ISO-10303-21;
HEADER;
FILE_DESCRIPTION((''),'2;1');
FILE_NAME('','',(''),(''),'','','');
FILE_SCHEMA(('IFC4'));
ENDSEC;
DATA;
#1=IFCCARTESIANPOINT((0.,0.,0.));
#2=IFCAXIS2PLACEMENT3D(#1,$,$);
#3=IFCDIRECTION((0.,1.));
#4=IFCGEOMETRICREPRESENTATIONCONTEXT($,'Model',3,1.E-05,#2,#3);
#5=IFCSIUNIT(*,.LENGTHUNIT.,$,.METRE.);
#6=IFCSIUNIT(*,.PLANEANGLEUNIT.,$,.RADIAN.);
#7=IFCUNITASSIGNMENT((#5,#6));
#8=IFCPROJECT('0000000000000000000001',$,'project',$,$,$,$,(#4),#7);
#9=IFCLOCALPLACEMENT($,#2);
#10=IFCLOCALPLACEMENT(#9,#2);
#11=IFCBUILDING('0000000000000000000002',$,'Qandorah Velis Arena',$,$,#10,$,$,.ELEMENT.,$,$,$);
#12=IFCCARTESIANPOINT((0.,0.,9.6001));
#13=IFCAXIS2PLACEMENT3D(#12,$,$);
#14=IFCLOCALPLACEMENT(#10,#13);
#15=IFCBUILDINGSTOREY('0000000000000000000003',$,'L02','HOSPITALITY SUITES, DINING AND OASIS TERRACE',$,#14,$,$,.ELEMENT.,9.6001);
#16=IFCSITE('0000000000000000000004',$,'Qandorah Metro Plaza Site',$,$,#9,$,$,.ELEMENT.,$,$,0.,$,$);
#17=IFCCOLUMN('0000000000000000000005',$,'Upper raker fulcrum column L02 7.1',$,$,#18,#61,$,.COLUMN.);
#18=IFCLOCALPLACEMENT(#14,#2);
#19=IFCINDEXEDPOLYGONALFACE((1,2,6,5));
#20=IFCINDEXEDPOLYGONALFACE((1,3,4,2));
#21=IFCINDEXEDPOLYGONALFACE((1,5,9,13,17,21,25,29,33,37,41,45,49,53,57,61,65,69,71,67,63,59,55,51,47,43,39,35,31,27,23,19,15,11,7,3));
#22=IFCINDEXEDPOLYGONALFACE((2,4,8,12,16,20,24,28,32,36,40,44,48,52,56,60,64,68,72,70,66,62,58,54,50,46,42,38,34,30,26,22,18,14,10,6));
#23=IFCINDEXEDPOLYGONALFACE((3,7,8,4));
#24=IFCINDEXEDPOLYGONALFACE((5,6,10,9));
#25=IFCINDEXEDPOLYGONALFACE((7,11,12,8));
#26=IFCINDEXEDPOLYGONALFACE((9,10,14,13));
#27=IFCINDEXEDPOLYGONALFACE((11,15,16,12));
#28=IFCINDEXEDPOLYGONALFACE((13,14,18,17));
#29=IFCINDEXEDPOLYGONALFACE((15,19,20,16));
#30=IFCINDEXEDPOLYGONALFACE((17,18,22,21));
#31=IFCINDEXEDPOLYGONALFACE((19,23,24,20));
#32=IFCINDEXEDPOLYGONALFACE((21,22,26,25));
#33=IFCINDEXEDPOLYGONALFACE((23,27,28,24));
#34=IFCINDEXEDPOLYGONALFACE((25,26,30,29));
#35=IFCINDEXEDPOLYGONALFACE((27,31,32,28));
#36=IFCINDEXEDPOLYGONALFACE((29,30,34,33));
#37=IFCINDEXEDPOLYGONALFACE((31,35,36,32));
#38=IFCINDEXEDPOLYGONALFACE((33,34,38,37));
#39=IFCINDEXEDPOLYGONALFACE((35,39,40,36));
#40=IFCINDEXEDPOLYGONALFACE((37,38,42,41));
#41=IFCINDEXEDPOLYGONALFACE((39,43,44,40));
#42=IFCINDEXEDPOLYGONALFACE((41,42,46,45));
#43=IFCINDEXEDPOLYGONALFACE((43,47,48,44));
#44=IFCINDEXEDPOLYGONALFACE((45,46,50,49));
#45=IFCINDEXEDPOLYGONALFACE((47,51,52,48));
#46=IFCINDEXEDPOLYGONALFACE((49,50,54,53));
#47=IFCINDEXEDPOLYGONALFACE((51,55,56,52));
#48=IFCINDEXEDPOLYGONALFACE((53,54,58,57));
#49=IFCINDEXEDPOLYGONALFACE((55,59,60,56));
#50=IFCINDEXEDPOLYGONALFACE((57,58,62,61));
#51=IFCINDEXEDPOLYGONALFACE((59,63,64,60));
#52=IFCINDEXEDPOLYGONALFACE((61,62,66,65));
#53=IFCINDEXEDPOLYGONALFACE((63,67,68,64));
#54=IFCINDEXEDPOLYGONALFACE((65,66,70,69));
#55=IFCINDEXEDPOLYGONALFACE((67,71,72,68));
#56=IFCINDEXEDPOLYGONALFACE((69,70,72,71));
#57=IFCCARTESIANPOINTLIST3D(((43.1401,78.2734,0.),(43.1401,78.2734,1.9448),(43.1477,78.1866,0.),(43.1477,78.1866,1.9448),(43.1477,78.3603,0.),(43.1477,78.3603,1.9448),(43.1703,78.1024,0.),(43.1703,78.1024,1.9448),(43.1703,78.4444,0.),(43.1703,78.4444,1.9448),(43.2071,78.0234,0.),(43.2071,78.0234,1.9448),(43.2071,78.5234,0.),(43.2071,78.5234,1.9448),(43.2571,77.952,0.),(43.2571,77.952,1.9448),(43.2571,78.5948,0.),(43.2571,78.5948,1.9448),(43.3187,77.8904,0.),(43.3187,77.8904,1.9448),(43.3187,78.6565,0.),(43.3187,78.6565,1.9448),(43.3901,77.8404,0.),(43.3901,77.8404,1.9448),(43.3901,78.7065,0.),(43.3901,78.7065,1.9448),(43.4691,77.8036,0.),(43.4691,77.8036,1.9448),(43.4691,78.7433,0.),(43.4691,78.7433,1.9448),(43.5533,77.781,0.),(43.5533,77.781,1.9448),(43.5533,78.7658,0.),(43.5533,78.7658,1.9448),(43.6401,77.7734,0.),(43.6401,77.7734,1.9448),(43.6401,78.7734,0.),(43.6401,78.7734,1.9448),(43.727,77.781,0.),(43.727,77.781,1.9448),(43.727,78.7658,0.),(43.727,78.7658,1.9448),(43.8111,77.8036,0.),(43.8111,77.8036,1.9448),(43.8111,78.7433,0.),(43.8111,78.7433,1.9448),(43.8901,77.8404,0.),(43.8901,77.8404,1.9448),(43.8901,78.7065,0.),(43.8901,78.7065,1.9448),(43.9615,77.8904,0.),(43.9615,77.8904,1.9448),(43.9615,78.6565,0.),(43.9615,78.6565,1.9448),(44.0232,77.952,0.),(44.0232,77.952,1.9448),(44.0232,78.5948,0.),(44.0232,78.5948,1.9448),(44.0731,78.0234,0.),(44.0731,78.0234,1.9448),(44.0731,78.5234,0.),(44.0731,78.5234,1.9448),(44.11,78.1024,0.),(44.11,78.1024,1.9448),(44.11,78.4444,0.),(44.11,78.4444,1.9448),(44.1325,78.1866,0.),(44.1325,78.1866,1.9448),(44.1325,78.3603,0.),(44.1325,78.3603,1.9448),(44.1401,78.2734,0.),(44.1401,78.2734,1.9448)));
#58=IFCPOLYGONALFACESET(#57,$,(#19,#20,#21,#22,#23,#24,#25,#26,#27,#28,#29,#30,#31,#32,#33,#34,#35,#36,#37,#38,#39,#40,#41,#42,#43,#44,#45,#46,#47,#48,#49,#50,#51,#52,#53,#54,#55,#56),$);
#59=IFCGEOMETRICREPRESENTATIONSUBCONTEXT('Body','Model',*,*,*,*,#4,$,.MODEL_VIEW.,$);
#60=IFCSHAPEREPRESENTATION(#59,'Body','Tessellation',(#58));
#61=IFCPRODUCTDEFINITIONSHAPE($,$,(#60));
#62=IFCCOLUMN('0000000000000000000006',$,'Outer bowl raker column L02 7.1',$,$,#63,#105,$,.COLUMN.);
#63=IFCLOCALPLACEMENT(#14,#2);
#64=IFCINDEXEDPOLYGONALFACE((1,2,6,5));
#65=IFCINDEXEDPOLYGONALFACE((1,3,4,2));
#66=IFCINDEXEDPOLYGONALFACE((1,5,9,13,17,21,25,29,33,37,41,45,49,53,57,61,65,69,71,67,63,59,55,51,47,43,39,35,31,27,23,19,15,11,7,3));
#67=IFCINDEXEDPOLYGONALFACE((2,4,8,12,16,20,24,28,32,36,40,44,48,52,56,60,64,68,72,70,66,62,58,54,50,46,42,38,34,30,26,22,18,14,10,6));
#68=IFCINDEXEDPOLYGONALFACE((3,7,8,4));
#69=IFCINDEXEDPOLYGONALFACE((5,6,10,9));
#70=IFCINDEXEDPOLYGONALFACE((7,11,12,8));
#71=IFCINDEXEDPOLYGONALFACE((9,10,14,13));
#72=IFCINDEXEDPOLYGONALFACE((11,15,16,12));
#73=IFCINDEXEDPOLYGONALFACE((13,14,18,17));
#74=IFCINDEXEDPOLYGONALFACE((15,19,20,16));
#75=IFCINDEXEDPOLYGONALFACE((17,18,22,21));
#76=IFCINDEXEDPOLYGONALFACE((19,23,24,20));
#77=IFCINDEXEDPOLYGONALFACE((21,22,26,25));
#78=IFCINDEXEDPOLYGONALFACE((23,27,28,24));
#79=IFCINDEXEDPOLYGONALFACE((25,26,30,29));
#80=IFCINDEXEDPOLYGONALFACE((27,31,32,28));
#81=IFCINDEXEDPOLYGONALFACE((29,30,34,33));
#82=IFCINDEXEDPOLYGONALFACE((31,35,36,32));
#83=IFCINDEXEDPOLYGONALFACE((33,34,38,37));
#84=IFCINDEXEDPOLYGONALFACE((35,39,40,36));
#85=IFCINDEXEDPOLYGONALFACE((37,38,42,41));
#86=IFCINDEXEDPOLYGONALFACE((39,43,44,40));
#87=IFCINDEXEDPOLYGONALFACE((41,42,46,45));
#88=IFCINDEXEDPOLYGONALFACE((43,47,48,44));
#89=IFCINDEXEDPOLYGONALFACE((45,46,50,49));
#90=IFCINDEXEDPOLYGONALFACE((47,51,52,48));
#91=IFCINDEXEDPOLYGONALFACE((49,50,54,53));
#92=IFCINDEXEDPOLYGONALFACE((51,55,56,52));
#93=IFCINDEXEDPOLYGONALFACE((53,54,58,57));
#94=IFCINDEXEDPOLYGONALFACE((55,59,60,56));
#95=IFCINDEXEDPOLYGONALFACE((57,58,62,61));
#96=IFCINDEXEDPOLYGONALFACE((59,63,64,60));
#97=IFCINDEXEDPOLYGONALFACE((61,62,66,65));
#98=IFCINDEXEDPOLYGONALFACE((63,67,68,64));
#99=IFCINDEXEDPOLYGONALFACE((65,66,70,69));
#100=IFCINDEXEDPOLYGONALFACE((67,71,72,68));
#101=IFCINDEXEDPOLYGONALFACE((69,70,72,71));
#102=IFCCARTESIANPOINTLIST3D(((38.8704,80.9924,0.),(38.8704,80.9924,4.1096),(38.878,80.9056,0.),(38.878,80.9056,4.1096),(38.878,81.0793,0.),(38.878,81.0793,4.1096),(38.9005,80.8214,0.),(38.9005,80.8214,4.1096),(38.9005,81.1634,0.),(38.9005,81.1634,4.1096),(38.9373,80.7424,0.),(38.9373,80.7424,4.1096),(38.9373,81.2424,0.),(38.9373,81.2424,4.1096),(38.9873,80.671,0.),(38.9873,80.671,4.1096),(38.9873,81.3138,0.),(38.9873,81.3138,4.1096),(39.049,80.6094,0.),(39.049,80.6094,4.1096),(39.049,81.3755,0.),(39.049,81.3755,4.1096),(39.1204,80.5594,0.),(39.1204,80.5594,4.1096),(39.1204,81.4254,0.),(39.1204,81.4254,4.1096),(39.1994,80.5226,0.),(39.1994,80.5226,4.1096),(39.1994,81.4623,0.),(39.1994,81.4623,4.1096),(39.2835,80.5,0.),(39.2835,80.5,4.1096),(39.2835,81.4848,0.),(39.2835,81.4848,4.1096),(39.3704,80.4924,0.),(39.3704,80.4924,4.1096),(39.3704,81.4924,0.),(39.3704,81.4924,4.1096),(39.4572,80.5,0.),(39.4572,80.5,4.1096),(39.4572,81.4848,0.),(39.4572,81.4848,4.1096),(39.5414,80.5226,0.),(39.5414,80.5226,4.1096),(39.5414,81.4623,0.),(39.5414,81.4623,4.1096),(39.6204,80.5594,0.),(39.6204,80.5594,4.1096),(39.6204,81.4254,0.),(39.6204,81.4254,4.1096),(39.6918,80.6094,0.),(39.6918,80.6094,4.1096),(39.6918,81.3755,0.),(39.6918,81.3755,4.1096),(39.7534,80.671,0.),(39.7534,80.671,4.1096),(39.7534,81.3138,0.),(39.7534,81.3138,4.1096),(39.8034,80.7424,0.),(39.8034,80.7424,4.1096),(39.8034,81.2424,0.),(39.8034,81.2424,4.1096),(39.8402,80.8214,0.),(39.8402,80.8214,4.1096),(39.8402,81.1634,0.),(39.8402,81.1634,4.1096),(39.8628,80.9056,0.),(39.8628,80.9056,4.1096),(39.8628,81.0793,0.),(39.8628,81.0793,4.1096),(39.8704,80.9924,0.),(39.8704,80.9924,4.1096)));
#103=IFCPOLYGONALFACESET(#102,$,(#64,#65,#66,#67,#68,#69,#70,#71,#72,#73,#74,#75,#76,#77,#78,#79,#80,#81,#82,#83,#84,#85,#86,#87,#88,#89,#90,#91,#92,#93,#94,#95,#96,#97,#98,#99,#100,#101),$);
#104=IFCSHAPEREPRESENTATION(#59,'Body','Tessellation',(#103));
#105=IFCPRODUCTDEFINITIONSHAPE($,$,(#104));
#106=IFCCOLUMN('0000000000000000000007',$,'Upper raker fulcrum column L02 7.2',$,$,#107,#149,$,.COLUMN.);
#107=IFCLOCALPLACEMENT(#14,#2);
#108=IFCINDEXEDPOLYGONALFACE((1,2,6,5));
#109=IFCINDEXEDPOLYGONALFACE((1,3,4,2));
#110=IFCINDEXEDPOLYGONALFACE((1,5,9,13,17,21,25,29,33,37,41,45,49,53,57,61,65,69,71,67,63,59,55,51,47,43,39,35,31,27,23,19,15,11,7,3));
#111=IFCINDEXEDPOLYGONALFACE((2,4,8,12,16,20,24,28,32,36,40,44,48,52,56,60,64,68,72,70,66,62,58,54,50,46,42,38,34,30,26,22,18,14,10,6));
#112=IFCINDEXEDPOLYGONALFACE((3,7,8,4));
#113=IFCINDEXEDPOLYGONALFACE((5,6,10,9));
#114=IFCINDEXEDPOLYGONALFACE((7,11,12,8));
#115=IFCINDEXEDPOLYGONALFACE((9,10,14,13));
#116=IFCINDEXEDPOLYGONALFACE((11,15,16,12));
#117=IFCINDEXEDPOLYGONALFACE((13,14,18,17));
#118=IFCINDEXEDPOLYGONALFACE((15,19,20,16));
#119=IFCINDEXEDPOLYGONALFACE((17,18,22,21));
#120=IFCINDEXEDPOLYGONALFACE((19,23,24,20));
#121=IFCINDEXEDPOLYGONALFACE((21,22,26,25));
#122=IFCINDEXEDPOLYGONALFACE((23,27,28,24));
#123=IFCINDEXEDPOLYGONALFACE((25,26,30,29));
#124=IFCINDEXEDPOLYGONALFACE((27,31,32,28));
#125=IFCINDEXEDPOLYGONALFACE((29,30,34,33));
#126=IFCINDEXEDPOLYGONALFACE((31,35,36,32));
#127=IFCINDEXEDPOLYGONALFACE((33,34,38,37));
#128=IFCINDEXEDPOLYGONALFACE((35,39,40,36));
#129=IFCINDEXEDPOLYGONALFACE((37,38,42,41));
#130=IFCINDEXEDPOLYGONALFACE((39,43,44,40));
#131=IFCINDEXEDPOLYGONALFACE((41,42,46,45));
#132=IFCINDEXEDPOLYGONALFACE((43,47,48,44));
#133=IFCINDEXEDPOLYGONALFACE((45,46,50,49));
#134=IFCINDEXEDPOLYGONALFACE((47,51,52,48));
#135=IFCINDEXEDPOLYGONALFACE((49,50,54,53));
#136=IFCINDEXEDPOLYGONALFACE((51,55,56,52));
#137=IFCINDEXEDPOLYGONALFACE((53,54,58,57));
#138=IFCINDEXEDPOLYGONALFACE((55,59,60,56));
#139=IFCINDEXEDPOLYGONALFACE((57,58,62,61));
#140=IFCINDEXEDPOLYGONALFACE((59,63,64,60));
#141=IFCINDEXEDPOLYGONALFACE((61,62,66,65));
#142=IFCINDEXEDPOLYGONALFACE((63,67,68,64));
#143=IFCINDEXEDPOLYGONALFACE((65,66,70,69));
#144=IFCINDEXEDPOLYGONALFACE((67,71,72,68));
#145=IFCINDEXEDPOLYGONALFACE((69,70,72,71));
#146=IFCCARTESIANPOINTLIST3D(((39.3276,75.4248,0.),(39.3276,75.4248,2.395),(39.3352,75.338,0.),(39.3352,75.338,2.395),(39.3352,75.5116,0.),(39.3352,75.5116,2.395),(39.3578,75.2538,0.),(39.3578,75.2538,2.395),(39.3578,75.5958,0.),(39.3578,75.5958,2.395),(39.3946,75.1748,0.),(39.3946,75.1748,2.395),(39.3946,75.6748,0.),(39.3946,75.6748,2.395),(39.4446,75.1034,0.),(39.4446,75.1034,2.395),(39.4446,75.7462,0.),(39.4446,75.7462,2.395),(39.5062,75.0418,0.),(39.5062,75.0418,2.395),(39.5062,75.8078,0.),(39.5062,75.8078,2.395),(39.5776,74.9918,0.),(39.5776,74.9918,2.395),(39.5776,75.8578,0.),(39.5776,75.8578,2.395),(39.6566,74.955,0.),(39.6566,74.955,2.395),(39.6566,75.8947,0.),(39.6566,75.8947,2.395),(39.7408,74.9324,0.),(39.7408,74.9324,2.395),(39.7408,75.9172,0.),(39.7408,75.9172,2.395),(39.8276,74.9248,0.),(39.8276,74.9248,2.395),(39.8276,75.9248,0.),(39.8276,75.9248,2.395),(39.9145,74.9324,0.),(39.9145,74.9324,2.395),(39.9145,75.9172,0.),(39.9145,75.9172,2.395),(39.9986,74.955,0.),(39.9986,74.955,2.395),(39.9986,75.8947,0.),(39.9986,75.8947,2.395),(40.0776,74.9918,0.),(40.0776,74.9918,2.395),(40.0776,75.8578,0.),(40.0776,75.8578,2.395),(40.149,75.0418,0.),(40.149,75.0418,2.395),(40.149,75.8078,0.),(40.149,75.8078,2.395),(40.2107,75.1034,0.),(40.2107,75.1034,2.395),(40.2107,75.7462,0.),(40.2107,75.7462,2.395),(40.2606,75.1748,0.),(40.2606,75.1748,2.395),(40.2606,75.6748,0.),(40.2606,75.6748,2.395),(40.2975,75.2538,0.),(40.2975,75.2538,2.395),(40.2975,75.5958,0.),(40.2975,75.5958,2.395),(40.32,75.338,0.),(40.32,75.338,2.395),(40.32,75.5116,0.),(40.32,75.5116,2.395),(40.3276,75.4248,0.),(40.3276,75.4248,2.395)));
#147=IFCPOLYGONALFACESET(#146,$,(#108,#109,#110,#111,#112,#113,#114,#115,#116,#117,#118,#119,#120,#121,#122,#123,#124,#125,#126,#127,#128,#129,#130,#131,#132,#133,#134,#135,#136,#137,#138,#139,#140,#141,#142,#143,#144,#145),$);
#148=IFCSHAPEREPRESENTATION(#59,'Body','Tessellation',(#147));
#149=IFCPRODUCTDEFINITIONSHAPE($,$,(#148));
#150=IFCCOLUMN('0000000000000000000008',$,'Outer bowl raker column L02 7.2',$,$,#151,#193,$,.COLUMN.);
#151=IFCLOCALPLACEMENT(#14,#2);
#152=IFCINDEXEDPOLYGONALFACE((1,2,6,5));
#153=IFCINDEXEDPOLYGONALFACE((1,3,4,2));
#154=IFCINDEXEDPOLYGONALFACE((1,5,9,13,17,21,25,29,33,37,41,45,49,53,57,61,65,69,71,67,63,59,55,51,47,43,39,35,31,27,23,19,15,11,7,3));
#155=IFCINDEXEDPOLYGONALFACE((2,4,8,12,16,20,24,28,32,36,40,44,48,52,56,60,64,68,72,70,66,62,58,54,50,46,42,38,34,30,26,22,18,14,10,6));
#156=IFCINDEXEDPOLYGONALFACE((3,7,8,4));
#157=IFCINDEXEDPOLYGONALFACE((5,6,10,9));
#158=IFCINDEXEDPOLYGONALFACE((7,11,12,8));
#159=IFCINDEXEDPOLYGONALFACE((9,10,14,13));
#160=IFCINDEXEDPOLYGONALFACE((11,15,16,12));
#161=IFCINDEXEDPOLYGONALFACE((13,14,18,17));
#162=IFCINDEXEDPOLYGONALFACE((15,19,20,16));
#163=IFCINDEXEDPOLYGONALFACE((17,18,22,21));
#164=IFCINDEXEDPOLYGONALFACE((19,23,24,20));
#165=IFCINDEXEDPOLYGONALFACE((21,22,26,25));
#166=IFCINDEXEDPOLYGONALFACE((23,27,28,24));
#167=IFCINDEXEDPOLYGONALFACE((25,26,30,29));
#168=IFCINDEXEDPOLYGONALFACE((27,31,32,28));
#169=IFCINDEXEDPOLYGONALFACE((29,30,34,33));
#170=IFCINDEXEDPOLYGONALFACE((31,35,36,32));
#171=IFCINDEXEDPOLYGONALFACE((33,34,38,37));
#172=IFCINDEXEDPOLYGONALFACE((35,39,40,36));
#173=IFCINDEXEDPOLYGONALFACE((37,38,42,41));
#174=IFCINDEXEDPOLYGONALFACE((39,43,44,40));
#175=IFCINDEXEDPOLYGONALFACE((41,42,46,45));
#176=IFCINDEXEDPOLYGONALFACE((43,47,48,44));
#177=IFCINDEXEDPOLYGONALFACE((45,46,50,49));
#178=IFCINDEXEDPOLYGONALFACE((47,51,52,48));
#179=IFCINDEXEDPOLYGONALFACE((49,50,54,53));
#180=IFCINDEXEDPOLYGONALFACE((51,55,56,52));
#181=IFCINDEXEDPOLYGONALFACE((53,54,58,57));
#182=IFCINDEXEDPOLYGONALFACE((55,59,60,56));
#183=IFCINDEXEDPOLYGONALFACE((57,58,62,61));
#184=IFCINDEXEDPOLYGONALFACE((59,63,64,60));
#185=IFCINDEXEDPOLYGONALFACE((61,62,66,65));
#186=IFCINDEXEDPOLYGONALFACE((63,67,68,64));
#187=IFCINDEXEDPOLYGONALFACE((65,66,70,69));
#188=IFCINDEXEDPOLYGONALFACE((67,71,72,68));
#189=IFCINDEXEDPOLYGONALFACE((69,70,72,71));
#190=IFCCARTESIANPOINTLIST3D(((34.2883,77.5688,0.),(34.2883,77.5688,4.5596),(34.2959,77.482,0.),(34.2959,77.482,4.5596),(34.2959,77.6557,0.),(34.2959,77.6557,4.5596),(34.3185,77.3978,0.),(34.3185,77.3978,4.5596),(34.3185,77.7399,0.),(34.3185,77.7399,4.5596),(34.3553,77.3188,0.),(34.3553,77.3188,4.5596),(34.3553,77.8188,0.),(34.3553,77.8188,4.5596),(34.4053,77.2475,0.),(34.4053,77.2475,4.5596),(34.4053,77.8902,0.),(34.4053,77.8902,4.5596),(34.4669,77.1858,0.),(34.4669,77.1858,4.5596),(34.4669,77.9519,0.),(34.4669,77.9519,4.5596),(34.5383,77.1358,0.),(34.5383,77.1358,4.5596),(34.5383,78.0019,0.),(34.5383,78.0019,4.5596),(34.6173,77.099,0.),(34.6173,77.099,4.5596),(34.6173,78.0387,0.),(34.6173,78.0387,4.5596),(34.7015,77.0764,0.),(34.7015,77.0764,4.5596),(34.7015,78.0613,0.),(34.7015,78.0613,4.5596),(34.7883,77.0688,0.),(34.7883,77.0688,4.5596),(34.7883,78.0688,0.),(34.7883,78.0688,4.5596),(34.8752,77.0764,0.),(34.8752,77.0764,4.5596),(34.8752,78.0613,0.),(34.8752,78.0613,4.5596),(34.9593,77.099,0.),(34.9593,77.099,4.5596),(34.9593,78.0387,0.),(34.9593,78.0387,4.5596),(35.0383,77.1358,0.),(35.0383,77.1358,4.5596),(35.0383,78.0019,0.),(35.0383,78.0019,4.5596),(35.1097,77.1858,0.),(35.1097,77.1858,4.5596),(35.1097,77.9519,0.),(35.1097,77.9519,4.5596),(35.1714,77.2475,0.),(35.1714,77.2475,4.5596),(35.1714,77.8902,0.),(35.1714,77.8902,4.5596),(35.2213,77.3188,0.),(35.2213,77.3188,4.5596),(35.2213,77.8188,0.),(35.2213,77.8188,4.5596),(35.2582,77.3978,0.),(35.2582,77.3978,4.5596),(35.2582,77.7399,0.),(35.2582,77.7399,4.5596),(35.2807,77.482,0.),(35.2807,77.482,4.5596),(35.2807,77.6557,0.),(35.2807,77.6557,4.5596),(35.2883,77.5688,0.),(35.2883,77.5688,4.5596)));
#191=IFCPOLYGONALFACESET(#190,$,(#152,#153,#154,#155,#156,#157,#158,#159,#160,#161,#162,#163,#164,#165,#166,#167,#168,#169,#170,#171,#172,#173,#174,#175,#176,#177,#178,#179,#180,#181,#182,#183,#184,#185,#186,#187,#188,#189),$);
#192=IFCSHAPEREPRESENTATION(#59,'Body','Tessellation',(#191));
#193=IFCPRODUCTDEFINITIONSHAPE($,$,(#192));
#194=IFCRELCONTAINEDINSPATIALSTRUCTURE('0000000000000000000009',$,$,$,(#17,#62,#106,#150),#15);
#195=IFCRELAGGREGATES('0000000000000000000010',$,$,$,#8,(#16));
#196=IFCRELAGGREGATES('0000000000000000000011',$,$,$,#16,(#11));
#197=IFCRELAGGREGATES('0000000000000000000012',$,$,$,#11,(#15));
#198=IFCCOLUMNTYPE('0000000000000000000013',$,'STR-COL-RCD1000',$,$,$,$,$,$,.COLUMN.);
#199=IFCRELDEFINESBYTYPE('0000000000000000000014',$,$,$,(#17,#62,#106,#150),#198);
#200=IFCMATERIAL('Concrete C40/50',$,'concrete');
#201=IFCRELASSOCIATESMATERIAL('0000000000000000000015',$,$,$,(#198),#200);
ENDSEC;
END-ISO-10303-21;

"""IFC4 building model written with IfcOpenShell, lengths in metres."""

from ifc_helpers import new_model, si_unit, direction, frame, origin, origin_2d, place, context, subcontext, project, spatial, circle, extrude, material, material_profile, profile_set, type_object, element, save


model = new_model("IFC4")

# Units and contexts
model_context = context("Model", 3, precision=1e-05, world=origin(), true_north=direction((0.0, 1.0)))
body_context = subcontext(model_context, "Body", "Model", "MODEL_VIEW")
ifc_project = project(units=[si_unit("LENGTHUNIT", "METRE"), si_unit("PLANEANGLEUNIT", "RADIAN")], contexts=[model_context])

# Site, building, storey
site_placement = place(None, origin())
site = spatial("IfcSite", under=ifc_project, at=site_placement, Name="Qandorah Metro Plaza Site", CompositionType="ELEMENT", RefElevation=0.0)
building_placement = place(site_placement, origin())
building = spatial("IfcBuilding", under=site, at=building_placement, Name="Qandorah Velis Arena", CompositionType="ELEMENT")
storey_placement = place(building_placement, frame((0.0, 0.0, 9.6001)))
storey = spatial("IfcBuildingStorey", under=building, at=storey_placement, Name="L02", Description="HOSPITALITY SUITES, DINING AND OASIS TERRACE", CompositionType="ELEMENT", Elevation=9.6001)

# Columns
ifc_material_1 = material(Name="Concrete C40/50", Category="concrete")
ifc_material_profile_1 = material_profile(ifc_material_1, circle(Radius=0.5, at=origin_2d()), Name="RC D1000")
ifc_profile_set_1 = profile_set([ifc_material_profile_1], Name="Concrete C40/50")
column_type_1 = type_object("IfcColumnType", Name="STR-COL-RCD1000", PredefinedType="COLUMN", material=ifc_profile_set_1)
column_1_placement = place(storey_placement, frame((43.6401, 78.2734, 0.0), z_axis=(0.0, 0.0, 1.0), x_axis=(1.0, 0.0, 0.0)))
element("IfcColumn", 1, at=column_1_placement, inside=storey, type_object=column_type_1, Name="Upper raker fulcrum column L02 7.1", PredefinedType="COLUMN", context=body_context, shape_type="SweptSolid", body=[
    extrude(circle(Radius=0.5, at=origin_2d()), origin(), (0.0, 0.0, 1.0), 1.9448),
])
column_2_placement = place(storey_placement, frame((39.3704, 80.9924, 0.0), z_axis=(0.0, 0.0, 1.0), x_axis=(1.0, 0.0, 0.0)))
element("IfcColumn", 2, at=column_2_placement, inside=storey, type_object=column_type_1, Name="Outer bowl raker column L02 7.1", PredefinedType="COLUMN", context=body_context, shape_type="SweptSolid", body=[
    extrude(circle(Radius=0.5, at=origin_2d()), origin(), (0.0, 0.0, 1.0), 4.1096),
])
column_3_placement = place(storey_placement, frame((39.8276, 75.4248, 0.0), z_axis=(0.0, 0.0, 1.0), x_axis=(1.0, 0.0, 0.0)))
element("IfcColumn", 3, at=column_3_placement, inside=storey, type_object=column_type_1, Name="Upper raker fulcrum column L02 7.2", PredefinedType="COLUMN", context=body_context, shape_type="SweptSolid", body=[
    extrude(circle(Radius=0.5, at=origin_2d()), origin(), (0.0, 0.0, 1.0), 2.395),
])
column_4_placement = place(storey_placement, frame((34.7883, 77.5688, 0.0), z_axis=(0.0, 0.0, 1.0), x_axis=(1.0, 0.0, 0.0)))
element("IfcColumn", 4, at=column_4_placement, inside=storey, type_object=column_type_1, Name="Outer bowl raker column L02 7.2", PredefinedType="COLUMN", context=body_context, shape_type="SweptSolid", body=[
    extrude(circle(Radius=0.5, at=origin_2d()), origin(), (0.0, 0.0, 1.0), 4.5596),
])

save(model, "model.ifc")
